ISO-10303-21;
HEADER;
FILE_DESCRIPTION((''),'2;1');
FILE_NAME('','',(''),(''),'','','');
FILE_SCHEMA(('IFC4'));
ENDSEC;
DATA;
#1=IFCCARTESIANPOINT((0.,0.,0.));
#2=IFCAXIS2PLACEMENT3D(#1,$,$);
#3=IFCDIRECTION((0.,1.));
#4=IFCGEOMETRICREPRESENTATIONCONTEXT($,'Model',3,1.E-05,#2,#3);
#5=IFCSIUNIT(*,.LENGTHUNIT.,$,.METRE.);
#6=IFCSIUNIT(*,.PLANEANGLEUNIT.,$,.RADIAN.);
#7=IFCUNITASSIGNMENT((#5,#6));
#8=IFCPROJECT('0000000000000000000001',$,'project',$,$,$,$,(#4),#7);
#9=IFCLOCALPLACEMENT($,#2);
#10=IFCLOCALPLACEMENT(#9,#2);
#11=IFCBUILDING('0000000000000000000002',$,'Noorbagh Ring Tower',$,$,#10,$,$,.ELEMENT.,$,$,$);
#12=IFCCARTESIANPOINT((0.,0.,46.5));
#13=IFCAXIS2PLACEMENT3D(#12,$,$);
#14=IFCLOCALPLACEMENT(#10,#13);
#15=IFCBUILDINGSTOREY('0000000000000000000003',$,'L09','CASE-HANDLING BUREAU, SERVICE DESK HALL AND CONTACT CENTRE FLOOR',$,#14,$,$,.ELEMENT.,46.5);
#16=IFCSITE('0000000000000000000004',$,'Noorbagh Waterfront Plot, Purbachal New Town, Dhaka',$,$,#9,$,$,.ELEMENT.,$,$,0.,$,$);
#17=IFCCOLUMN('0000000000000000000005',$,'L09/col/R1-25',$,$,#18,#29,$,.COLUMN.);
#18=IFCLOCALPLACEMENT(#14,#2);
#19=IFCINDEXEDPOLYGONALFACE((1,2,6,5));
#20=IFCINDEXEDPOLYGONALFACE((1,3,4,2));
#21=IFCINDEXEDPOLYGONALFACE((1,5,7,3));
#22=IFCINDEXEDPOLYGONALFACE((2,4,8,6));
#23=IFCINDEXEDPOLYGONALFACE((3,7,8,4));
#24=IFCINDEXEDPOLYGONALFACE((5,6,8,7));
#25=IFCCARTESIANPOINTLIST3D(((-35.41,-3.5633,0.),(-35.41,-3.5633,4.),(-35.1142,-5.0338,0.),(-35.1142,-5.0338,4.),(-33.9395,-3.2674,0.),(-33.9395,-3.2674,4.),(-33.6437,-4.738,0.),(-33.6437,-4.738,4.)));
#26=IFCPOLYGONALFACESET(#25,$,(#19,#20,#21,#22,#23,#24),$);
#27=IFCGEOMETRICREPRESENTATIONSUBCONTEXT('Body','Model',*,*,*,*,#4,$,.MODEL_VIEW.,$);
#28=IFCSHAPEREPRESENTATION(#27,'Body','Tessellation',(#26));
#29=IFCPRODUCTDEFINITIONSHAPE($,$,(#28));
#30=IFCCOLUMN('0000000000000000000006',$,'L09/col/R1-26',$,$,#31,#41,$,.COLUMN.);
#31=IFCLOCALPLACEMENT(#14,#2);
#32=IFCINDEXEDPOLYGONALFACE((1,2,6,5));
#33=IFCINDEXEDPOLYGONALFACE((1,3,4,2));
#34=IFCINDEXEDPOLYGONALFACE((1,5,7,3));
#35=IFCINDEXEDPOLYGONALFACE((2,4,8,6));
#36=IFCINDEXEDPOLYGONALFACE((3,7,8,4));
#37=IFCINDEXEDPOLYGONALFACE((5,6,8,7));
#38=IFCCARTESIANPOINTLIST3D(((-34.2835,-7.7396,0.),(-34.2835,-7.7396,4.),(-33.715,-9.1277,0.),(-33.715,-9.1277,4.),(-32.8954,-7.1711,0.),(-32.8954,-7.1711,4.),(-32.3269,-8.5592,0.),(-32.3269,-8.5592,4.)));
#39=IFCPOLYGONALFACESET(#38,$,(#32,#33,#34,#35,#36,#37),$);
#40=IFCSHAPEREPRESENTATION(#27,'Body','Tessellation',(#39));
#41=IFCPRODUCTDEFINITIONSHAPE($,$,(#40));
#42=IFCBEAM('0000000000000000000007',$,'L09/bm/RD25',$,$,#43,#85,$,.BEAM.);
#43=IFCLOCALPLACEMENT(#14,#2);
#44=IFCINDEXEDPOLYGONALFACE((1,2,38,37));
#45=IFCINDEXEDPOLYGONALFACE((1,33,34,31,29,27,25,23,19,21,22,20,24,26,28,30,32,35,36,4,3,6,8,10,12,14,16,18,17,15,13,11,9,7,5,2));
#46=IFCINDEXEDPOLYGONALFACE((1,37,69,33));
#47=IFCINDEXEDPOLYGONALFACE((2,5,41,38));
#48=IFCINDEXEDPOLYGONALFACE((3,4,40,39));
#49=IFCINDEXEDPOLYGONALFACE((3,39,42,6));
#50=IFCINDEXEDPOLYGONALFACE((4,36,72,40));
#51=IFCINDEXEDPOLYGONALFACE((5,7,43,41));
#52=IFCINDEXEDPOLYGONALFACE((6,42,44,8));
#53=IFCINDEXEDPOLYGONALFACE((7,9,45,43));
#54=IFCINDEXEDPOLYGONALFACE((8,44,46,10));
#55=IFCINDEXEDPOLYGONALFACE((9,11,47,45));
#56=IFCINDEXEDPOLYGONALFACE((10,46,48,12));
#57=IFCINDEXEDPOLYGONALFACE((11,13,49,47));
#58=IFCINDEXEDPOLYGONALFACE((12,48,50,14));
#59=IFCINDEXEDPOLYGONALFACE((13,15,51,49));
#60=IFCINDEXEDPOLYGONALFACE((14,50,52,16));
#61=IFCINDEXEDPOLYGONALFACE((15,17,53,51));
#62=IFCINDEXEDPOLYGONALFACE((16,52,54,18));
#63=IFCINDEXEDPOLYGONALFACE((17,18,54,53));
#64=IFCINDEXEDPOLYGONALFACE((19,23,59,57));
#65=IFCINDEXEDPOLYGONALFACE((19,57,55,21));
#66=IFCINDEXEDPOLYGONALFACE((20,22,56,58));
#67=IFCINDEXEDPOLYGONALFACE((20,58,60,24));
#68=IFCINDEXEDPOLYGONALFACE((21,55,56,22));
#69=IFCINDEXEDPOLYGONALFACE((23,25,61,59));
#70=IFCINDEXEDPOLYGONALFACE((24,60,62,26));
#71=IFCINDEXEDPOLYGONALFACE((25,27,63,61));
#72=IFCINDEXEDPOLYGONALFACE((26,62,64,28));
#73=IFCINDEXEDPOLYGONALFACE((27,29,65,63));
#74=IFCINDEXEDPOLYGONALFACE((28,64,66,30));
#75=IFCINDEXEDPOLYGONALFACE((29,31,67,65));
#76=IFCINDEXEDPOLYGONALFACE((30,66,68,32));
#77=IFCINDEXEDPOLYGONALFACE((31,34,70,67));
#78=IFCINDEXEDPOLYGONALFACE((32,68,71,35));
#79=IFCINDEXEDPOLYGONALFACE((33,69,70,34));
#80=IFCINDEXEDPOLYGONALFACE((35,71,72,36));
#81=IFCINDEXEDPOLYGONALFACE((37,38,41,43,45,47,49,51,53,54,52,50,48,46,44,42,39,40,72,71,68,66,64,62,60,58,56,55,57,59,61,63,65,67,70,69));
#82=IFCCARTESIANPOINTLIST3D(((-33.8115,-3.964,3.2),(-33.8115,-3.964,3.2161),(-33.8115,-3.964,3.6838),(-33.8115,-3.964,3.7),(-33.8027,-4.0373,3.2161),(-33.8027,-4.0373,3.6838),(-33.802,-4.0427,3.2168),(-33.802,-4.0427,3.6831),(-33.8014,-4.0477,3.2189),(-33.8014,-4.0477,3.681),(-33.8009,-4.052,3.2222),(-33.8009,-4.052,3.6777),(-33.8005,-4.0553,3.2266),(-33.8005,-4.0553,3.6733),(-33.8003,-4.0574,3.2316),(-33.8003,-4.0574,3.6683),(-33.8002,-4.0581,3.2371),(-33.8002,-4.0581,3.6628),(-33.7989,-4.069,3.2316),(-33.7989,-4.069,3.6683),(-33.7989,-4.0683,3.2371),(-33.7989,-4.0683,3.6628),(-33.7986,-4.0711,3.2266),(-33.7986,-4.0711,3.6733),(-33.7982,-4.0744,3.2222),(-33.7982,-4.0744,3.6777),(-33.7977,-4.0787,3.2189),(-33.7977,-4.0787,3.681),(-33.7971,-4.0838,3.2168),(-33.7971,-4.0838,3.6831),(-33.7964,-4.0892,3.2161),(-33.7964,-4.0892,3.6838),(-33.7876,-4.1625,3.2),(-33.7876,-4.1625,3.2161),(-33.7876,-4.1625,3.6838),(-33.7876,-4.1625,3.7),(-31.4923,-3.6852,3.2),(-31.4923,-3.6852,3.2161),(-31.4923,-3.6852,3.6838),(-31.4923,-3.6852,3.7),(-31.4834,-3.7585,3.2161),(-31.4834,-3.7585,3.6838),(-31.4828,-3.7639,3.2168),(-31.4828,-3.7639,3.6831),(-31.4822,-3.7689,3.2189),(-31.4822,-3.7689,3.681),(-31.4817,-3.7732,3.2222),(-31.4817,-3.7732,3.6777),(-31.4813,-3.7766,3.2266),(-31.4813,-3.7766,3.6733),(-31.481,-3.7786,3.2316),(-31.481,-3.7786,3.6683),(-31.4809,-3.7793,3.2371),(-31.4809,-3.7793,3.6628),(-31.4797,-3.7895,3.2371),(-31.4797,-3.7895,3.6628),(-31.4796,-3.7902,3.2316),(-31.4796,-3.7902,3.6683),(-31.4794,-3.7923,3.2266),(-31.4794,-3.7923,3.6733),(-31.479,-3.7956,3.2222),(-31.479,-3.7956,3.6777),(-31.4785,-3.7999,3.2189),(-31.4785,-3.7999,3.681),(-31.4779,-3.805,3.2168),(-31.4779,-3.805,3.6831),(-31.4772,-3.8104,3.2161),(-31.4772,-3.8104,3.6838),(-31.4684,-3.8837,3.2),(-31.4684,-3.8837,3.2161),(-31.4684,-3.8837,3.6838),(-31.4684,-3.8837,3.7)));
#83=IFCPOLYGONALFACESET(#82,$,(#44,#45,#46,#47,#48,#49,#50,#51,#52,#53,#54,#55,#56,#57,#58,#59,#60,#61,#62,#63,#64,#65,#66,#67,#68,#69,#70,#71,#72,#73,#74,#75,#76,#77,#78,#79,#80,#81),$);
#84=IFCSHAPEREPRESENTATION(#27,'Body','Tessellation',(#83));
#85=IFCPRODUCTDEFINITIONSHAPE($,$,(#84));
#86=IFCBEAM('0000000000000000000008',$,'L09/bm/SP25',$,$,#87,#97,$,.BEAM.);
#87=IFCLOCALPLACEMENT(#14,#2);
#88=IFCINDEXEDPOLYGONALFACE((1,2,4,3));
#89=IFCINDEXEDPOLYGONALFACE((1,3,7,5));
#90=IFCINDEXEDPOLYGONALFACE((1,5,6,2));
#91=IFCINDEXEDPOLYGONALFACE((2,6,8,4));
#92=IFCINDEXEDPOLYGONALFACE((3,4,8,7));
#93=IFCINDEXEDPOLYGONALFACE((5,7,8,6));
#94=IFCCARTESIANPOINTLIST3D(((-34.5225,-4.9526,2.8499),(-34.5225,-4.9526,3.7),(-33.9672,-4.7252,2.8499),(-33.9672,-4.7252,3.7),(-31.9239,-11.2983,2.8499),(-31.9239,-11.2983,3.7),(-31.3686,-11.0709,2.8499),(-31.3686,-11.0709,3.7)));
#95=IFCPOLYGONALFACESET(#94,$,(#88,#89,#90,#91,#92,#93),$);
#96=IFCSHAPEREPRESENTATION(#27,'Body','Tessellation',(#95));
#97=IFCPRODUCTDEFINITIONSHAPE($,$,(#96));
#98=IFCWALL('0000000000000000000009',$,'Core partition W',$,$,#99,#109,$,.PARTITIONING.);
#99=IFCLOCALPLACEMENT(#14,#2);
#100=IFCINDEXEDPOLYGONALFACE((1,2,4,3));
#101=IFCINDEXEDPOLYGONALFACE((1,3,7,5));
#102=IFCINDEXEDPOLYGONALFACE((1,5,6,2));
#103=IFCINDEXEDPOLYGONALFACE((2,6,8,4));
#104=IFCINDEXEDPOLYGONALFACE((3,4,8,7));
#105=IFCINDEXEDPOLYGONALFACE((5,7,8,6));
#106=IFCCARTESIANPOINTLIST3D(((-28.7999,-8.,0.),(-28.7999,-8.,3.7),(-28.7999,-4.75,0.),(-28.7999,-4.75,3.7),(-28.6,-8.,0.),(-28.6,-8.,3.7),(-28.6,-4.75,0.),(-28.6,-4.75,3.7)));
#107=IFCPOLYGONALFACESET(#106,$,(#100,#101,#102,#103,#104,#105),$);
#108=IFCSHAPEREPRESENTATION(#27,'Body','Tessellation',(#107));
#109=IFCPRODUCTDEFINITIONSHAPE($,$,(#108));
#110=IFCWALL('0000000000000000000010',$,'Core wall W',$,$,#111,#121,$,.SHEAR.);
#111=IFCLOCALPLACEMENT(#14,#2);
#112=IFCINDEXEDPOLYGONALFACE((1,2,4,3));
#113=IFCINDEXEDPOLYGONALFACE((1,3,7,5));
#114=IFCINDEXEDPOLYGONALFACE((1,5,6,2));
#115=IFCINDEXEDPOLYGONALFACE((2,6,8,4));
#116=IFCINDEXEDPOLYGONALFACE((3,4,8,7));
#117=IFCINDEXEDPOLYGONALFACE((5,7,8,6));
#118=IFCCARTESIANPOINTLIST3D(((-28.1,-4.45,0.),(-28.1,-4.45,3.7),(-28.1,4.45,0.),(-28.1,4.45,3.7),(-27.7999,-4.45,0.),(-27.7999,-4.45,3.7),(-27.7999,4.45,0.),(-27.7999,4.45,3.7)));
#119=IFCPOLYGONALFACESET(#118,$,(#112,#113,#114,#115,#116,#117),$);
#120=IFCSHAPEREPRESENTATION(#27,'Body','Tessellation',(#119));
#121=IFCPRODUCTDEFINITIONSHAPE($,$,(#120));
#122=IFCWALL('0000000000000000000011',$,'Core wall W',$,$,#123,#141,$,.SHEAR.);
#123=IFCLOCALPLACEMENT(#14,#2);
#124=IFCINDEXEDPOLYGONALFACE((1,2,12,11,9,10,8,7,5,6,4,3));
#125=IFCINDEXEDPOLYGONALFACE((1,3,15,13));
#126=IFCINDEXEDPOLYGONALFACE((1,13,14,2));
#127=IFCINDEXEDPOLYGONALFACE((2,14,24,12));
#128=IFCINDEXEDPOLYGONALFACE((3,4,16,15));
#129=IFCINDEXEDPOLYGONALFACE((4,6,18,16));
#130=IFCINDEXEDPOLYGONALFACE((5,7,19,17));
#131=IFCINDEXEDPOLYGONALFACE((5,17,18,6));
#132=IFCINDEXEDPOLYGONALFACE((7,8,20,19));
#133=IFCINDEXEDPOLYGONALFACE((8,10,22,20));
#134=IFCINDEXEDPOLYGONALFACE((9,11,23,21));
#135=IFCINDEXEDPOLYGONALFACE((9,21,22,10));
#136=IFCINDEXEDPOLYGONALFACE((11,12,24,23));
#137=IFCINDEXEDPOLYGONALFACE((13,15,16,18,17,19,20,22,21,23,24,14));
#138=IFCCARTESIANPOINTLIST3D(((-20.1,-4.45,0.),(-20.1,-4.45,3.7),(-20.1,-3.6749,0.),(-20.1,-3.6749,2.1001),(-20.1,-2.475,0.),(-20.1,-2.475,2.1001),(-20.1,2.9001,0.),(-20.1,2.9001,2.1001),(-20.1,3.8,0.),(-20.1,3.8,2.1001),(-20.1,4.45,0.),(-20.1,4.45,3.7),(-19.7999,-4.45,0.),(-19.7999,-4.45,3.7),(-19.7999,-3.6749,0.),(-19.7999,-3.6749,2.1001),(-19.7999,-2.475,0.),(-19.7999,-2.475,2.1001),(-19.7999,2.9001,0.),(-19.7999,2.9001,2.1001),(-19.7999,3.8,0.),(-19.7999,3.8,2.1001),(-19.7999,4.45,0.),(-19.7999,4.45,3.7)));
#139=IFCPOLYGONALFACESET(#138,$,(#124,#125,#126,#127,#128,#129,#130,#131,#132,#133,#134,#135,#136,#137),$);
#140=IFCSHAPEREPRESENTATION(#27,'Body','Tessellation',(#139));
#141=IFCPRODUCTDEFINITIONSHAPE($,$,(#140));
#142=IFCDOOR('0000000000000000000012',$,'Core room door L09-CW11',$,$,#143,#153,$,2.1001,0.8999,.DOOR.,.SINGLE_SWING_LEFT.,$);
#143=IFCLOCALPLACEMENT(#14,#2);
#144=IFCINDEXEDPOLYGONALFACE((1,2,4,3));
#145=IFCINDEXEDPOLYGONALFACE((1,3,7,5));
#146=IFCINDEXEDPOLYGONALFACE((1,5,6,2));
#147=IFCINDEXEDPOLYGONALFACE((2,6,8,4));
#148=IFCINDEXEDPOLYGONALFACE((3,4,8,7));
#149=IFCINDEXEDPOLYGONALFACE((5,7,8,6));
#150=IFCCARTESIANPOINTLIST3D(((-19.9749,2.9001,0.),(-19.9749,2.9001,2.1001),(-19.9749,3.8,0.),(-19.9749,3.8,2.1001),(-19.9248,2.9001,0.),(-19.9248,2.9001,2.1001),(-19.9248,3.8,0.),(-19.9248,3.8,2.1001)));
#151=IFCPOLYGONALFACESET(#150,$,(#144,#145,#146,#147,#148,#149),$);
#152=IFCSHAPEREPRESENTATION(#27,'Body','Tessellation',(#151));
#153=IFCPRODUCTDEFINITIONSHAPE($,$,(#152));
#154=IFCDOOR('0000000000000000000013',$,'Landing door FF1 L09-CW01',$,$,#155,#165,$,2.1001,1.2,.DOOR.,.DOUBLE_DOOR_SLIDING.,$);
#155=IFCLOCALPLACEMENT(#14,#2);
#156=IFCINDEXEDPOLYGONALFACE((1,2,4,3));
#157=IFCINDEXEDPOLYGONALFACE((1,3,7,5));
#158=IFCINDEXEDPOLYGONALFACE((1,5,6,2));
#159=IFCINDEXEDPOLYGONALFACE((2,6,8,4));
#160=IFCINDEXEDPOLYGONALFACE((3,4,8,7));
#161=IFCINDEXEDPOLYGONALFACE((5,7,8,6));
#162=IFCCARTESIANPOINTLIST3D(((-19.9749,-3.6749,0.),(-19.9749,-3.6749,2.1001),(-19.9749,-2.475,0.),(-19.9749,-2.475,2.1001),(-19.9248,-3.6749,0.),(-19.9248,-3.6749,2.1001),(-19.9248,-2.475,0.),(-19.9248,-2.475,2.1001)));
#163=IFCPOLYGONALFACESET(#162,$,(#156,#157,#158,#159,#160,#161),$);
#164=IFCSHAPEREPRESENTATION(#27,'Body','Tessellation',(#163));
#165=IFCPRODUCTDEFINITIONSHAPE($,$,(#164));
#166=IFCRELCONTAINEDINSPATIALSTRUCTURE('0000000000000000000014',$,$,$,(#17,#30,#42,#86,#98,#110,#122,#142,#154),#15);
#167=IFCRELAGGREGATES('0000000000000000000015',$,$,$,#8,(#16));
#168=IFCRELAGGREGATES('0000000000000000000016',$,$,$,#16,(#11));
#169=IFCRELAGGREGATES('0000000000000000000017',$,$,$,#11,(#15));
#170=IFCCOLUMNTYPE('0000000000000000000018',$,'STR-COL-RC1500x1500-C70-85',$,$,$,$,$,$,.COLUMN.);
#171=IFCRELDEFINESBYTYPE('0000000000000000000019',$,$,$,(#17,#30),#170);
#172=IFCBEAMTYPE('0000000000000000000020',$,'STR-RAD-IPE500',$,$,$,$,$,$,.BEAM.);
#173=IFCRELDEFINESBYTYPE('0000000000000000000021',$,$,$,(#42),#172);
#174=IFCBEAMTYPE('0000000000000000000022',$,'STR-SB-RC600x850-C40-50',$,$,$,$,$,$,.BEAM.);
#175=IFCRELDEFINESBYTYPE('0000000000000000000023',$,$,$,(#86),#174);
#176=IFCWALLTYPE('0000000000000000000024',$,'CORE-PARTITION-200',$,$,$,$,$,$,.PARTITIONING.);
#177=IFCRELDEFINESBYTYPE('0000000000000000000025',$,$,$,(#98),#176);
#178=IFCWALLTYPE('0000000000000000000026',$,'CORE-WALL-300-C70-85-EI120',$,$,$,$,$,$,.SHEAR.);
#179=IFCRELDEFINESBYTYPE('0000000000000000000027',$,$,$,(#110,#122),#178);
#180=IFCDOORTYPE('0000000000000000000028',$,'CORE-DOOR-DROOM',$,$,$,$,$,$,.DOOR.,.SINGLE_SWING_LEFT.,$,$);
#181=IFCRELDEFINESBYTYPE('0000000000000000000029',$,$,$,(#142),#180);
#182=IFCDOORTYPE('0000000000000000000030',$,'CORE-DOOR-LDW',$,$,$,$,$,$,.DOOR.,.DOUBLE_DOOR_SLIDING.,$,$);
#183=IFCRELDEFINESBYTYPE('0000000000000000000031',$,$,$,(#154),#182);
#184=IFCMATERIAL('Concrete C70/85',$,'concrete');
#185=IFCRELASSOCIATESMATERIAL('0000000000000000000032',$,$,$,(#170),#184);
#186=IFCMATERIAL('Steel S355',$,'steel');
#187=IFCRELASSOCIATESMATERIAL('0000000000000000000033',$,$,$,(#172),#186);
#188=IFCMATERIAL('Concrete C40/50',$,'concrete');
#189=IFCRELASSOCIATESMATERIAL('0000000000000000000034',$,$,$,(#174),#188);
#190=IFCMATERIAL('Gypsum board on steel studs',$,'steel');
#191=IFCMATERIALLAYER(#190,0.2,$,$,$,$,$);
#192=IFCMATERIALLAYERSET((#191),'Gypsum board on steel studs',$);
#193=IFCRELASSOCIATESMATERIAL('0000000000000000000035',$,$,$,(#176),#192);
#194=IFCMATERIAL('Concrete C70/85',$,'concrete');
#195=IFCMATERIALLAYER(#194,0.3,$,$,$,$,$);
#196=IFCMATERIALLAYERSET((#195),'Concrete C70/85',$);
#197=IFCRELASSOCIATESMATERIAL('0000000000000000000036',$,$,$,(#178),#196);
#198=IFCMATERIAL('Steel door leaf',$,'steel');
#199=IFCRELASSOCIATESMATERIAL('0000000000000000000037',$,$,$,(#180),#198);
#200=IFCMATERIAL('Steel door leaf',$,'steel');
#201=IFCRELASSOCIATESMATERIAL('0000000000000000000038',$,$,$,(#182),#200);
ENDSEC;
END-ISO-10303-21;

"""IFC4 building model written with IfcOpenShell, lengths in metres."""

from ifc_helpers import new_model, si_unit, direction, frame, frame_2d, origin, origin_2d, place, context, subcontext, project, spatial, rectangle, i_section, extrude, material, layer, layer_set, material_profile, profile_set, type_object, element, fill, save


model = new_model("IFC4")

# Units and contexts
model_context = context("Model", 3, precision=1e-05, world=origin(), true_north=direction((0.0, 1.0)))
body_context = subcontext(model_context, "Body", "Model", "MODEL_VIEW")
ifc_project = project(units=[si_unit("LENGTHUNIT", "METRE"), si_unit("PLANEANGLEUNIT", "RADIAN")], contexts=[model_context])

# Site, building, storey
site_placement = place(None, origin())
site = spatial("IfcSite", under=ifc_project, at=site_placement, Name="Noorbagh Waterfront Plot, Purbachal New Town, Dhaka", CompositionType="ELEMENT", RefElevation=0.0)
building_placement = place(site_placement, origin())
building = spatial("IfcBuilding", under=site, at=building_placement, Name="Noorbagh Ring Tower", CompositionType="ELEMENT")
storey_placement = place(building_placement, frame((0.0, 0.0, 46.5)))
storey = spatial("IfcBuildingStorey", under=building, at=storey_placement, Name="L09", Description="CASE-HANDLING BUREAU, SERVICE DESK HALL AND CONTACT CENTRE FLOOR", CompositionType="ELEMENT", Elevation=46.5)

# Columns
ifc_material_1 = material(Name="Concrete C70/85", Category="concrete")
ifc_material_profile_1 = material_profile(ifc_material_1, rectangle(XDim=1.5, YDim=1.5, at=origin_2d()), Name="RC1500x1500")
ifc_profile_set_1 = profile_set([ifc_material_profile_1], Name="Concrete C70/85")
column_type = type_object("IfcColumnType", Name="STR-COL-RC1500x1500-C70-85", PredefinedType="COLUMN", material=ifc_profile_set_1)
for number, where, z_axis, x_axis, name in (
    (1, (-34.5269, -4.1506, 0.0), (0.0, 0.0, 1.0), (0.19723, -0.980357, 0.0), "L09/col/R1-25"),
    (2, (-33.3052, -8.1494, 0.0), (0.0, 0.0, 1.0), (0.378989, -0.925401, 0.0), "L09/col/R1-26"),
):
    element("IfcColumn", number, at=place(storey_placement, frame(where, z_axis=z_axis, x_axis=x_axis)), inside=storey, type_object=column_type, Name=name, PredefinedType="COLUMN", context=body_context, shape_type="SweptSolid", body=[
        extrude(rectangle(XDim=1.5, YDim=1.5, at=origin_2d()), origin(), (0.0, 0.0, 1.0), 4.0),
    ])

# Beams
ifc_material_2 = material(Name="Steel S355", Category="steel")
ifc_material_profile_2 = material_profile(ifc_material_2, i_section(OverallWidth=0.2, OverallDepth=0.5, WebThickness=0.0103, FlangeThickness=0.0161, FilletRadius=0.021, at=origin_2d()), Name="IPE500")
ifc_profile_set_2 = profile_set([ifc_material_profile_2], Name="Steel S355")
beam_type_1 = type_object("IfcBeamType", Name="STR-RAD-IPE500", PredefinedType="BEAM", material=ifc_profile_set_2)
beam_1_placement = place(storey_placement, frame((-33.7996, -4.0632, 3.45), z_axis=(0.992852, 0.119351, 0.0), x_axis=(-0.119351, 0.992852, 0.0)))
element("IfcBeam", 3, at=beam_1_placement, inside=storey, type_object=beam_type_1, Name="L09/bm/RD25", PredefinedType="BEAM", context=body_context, shape_type="SweptSolid", body=[
    extrude(i_section(OverallWidth=0.2, OverallDepth=0.5, WebThickness=0.0103, FlangeThickness=0.0161, FilletRadius=0.021, at=origin_2d()), origin(), (0.0, 0.0, 1.0), 2.3359),
])
ifc_material_3 = material(Name="Concrete C40/50", Category="concrete")
ifc_material_profile_3 = material_profile(ifc_material_3, rectangle(XDim=0.6001, YDim=0.8501, at=origin_2d()), Name="RC600x850")
ifc_profile_set_3 = profile_set([ifc_material_profile_3], Name="Concrete C40/50")
beam_type_2 = type_object("IfcBeamType", Name="STR-SB-RC600x850-C40-50", PredefinedType="BEAM", material=ifc_profile_set_3)
beam_2_placement = place(storey_placement, frame((-34.2449, -4.8389, 3.2749), z_axis=(0.378966, -0.925411, 0.0), x_axis=(0.925411, 0.378966, 0.0)))
element("IfcBeam", 4, at=beam_2_placement, inside=storey, type_object=beam_type_2, Name="L09/bm/SP25", PredefinedType="BEAM", context=body_context, shape_type="SweptSolid", body=[
    extrude(rectangle(XDim=0.6001, YDim=0.8501, at=origin_2d()), origin(), (0.0, 0.0, 1.0), 6.8572),
])

# Walls
ifc_material_4 = material(Name="Gypsum board on steel studs", Category="steel")
ifc_layer_1 = layer(ifc_material_4, 0.2)
ifc_layer_set_1 = layer_set([ifc_layer_1], Name="Gypsum board on steel studs")
wall_type_1 = type_object("IfcWallType", Name="CORE-PARTITION-200", PredefinedType="PARTITIONING", material=ifc_layer_set_1)
wall_1_placement = place(storey_placement, frame((-28.7, -8.0, 0.0), z_axis=(0.0, 0.0, 1.0), x_axis=(0.0, 1.0, 0.0)))
element("IfcWall", 5, at=wall_1_placement, inside=storey, type_object=wall_type_1, Name="Core partition W", PredefinedType="PARTITIONING", context=body_context, shape_type="SweptSolid", body=[
    extrude(rectangle(XDim=3.25, YDim=0.2, at=frame_2d((1.625, 0.0))), origin(), (0.0, 0.0, 1.0), 3.7),
])
ifc_material_5 = material(Name="Concrete C70/85", Category="concrete")
ifc_layer_2 = layer(ifc_material_5, 0.3)
ifc_layer_set_2 = layer_set([ifc_layer_2], Name="Concrete C70/85")
wall_type_2 = type_object("IfcWallType", Name="CORE-WALL-300-C70-85-EI120", PredefinedType="SHEAR", material=ifc_layer_set_2)
wall_2_placement = place(storey_placement, frame((-27.95, -4.45, 0.0), z_axis=(0.0, 0.0, 1.0), x_axis=(0.0, 1.0, 0.0)))
element("IfcWall", 6, at=wall_2_placement, inside=storey, type_object=wall_type_2, Name="Core wall W", PredefinedType="SHEAR", context=body_context, shape_type="SweptSolid", body=[
    extrude(rectangle(XDim=8.8999, YDim=0.3, at=frame_2d((4.45, 0.0))), origin(), (0.0, 0.0, 1.0), 3.7),
])

# Wall, openings, doors
wall_3_placement = place(storey_placement, frame((-19.95, -4.45, 0.0), z_axis=(0.0, 0.0, 1.0), x_axis=(0.0, 1.0, 0.0)))
wall_3 = element("IfcWall", 7, at=wall_3_placement, inside=storey, type_object=wall_type_2, Name="Core wall W", PredefinedType="SHEAR", context=body_context, shape_type="SweptSolid", body=[
    extrude(rectangle(XDim=8.8999, YDim=0.3, at=frame_2d((4.45, 0.0))), origin(), (0.0, 0.0, 1.0), 3.7),
])
opening_1_placement = place(wall_3_placement, frame((0.7749, 0.0, 0.0)))
opening_1 = element("IfcOpeningElement", 8, at=opening_1_placement, cuts=wall_3, PredefinedType="OPENING", context=body_context, shape_type="SweptSolid", body=[
    extrude(rectangle(XDim=1.2, YDim=2.1001, at=frame_2d((0.6001, 1.05))), frame((0.0, 0.1602, 0.0), z_axis=(0.0, -1.0, 0.0), x_axis=(1.0, 0.0, 0.0)), (0.0, 0.0, 1.0), 0.3201),
])
opening_2_placement = place(wall_3_placement, frame((7.3501, 0.0, 0.0)))
opening_2 = element("IfcOpeningElement", 9, at=opening_2_placement, cuts=wall_3, PredefinedType="OPENING", context=body_context, shape_type="SweptSolid", body=[
    extrude(rectangle(XDim=0.8999, YDim=2.1001, at=frame_2d((0.45, 1.05))), frame((0.0, 0.1602, 0.0), z_axis=(0.0, -1.0, 0.0), x_axis=(1.0, 0.0, 0.0)), (0.0, 0.0, 1.0), 0.3201),
])
ifc_material_6 = material(Name="Steel door leaf", Category="steel")
door_type_1 = type_object("IfcDoorType", Name="CORE-DOOR-DROOM", OperationType="SINGLE_SWING_LEFT", PredefinedType="DOOR", material=ifc_material_6)
door_1_placement = place(opening_2_placement, origin())
door_1 = element("IfcDoor", 10, at=door_1_placement, inside=storey, type_object=door_type_1, Name="Core room door L09-CW11", OperationType="SINGLE_SWING_LEFT", OverallHeight=2.1001, OverallWidth=0.8999, PredefinedType="DOOR", context=body_context, shape_type="SweptSolid", body=[
    extrude(rectangle(XDim=0.8999, YDim=2.1001, at=frame_2d((0.45, 1.05))), frame((0.0, 0.0249, 0.0), z_axis=(0.0, -1.0, 0.0), x_axis=(1.0, 0.0, 0.0)), (0.0, 0.0, 1.0), 0.05),
])
fill(opening_2, door_1)
ifc_material_7 = material(Name="Steel door leaf", Category="steel")
door_type_2 = type_object("IfcDoorType", Name="CORE-DOOR-LDW", OperationType="DOUBLE_DOOR_SLIDING", PredefinedType="DOOR", material=ifc_material_7)
door_2_placement = place(opening_1_placement, origin())
door_2 = element("IfcDoor", 11, at=door_2_placement, inside=storey, type_object=door_type_2, Name="Landing door FF1 L09-CW01", OperationType="DOUBLE_DOOR_SLIDING", OverallHeight=2.1001, OverallWidth=1.2, PredefinedType="DOOR", context=body_context, shape_type="SweptSolid", body=[
    extrude(rectangle(XDim=1.2, YDim=2.1001, at=frame_2d((0.6001, 1.05))), frame((0.0, 0.0249, 0.0), z_axis=(0.0, -1.0, 0.0), x_axis=(1.0, 0.0, 0.0)), (0.0, 0.0, 1.0), 0.05),
])
fill(opening_1, door_2)

save(model, "model.ifc")
